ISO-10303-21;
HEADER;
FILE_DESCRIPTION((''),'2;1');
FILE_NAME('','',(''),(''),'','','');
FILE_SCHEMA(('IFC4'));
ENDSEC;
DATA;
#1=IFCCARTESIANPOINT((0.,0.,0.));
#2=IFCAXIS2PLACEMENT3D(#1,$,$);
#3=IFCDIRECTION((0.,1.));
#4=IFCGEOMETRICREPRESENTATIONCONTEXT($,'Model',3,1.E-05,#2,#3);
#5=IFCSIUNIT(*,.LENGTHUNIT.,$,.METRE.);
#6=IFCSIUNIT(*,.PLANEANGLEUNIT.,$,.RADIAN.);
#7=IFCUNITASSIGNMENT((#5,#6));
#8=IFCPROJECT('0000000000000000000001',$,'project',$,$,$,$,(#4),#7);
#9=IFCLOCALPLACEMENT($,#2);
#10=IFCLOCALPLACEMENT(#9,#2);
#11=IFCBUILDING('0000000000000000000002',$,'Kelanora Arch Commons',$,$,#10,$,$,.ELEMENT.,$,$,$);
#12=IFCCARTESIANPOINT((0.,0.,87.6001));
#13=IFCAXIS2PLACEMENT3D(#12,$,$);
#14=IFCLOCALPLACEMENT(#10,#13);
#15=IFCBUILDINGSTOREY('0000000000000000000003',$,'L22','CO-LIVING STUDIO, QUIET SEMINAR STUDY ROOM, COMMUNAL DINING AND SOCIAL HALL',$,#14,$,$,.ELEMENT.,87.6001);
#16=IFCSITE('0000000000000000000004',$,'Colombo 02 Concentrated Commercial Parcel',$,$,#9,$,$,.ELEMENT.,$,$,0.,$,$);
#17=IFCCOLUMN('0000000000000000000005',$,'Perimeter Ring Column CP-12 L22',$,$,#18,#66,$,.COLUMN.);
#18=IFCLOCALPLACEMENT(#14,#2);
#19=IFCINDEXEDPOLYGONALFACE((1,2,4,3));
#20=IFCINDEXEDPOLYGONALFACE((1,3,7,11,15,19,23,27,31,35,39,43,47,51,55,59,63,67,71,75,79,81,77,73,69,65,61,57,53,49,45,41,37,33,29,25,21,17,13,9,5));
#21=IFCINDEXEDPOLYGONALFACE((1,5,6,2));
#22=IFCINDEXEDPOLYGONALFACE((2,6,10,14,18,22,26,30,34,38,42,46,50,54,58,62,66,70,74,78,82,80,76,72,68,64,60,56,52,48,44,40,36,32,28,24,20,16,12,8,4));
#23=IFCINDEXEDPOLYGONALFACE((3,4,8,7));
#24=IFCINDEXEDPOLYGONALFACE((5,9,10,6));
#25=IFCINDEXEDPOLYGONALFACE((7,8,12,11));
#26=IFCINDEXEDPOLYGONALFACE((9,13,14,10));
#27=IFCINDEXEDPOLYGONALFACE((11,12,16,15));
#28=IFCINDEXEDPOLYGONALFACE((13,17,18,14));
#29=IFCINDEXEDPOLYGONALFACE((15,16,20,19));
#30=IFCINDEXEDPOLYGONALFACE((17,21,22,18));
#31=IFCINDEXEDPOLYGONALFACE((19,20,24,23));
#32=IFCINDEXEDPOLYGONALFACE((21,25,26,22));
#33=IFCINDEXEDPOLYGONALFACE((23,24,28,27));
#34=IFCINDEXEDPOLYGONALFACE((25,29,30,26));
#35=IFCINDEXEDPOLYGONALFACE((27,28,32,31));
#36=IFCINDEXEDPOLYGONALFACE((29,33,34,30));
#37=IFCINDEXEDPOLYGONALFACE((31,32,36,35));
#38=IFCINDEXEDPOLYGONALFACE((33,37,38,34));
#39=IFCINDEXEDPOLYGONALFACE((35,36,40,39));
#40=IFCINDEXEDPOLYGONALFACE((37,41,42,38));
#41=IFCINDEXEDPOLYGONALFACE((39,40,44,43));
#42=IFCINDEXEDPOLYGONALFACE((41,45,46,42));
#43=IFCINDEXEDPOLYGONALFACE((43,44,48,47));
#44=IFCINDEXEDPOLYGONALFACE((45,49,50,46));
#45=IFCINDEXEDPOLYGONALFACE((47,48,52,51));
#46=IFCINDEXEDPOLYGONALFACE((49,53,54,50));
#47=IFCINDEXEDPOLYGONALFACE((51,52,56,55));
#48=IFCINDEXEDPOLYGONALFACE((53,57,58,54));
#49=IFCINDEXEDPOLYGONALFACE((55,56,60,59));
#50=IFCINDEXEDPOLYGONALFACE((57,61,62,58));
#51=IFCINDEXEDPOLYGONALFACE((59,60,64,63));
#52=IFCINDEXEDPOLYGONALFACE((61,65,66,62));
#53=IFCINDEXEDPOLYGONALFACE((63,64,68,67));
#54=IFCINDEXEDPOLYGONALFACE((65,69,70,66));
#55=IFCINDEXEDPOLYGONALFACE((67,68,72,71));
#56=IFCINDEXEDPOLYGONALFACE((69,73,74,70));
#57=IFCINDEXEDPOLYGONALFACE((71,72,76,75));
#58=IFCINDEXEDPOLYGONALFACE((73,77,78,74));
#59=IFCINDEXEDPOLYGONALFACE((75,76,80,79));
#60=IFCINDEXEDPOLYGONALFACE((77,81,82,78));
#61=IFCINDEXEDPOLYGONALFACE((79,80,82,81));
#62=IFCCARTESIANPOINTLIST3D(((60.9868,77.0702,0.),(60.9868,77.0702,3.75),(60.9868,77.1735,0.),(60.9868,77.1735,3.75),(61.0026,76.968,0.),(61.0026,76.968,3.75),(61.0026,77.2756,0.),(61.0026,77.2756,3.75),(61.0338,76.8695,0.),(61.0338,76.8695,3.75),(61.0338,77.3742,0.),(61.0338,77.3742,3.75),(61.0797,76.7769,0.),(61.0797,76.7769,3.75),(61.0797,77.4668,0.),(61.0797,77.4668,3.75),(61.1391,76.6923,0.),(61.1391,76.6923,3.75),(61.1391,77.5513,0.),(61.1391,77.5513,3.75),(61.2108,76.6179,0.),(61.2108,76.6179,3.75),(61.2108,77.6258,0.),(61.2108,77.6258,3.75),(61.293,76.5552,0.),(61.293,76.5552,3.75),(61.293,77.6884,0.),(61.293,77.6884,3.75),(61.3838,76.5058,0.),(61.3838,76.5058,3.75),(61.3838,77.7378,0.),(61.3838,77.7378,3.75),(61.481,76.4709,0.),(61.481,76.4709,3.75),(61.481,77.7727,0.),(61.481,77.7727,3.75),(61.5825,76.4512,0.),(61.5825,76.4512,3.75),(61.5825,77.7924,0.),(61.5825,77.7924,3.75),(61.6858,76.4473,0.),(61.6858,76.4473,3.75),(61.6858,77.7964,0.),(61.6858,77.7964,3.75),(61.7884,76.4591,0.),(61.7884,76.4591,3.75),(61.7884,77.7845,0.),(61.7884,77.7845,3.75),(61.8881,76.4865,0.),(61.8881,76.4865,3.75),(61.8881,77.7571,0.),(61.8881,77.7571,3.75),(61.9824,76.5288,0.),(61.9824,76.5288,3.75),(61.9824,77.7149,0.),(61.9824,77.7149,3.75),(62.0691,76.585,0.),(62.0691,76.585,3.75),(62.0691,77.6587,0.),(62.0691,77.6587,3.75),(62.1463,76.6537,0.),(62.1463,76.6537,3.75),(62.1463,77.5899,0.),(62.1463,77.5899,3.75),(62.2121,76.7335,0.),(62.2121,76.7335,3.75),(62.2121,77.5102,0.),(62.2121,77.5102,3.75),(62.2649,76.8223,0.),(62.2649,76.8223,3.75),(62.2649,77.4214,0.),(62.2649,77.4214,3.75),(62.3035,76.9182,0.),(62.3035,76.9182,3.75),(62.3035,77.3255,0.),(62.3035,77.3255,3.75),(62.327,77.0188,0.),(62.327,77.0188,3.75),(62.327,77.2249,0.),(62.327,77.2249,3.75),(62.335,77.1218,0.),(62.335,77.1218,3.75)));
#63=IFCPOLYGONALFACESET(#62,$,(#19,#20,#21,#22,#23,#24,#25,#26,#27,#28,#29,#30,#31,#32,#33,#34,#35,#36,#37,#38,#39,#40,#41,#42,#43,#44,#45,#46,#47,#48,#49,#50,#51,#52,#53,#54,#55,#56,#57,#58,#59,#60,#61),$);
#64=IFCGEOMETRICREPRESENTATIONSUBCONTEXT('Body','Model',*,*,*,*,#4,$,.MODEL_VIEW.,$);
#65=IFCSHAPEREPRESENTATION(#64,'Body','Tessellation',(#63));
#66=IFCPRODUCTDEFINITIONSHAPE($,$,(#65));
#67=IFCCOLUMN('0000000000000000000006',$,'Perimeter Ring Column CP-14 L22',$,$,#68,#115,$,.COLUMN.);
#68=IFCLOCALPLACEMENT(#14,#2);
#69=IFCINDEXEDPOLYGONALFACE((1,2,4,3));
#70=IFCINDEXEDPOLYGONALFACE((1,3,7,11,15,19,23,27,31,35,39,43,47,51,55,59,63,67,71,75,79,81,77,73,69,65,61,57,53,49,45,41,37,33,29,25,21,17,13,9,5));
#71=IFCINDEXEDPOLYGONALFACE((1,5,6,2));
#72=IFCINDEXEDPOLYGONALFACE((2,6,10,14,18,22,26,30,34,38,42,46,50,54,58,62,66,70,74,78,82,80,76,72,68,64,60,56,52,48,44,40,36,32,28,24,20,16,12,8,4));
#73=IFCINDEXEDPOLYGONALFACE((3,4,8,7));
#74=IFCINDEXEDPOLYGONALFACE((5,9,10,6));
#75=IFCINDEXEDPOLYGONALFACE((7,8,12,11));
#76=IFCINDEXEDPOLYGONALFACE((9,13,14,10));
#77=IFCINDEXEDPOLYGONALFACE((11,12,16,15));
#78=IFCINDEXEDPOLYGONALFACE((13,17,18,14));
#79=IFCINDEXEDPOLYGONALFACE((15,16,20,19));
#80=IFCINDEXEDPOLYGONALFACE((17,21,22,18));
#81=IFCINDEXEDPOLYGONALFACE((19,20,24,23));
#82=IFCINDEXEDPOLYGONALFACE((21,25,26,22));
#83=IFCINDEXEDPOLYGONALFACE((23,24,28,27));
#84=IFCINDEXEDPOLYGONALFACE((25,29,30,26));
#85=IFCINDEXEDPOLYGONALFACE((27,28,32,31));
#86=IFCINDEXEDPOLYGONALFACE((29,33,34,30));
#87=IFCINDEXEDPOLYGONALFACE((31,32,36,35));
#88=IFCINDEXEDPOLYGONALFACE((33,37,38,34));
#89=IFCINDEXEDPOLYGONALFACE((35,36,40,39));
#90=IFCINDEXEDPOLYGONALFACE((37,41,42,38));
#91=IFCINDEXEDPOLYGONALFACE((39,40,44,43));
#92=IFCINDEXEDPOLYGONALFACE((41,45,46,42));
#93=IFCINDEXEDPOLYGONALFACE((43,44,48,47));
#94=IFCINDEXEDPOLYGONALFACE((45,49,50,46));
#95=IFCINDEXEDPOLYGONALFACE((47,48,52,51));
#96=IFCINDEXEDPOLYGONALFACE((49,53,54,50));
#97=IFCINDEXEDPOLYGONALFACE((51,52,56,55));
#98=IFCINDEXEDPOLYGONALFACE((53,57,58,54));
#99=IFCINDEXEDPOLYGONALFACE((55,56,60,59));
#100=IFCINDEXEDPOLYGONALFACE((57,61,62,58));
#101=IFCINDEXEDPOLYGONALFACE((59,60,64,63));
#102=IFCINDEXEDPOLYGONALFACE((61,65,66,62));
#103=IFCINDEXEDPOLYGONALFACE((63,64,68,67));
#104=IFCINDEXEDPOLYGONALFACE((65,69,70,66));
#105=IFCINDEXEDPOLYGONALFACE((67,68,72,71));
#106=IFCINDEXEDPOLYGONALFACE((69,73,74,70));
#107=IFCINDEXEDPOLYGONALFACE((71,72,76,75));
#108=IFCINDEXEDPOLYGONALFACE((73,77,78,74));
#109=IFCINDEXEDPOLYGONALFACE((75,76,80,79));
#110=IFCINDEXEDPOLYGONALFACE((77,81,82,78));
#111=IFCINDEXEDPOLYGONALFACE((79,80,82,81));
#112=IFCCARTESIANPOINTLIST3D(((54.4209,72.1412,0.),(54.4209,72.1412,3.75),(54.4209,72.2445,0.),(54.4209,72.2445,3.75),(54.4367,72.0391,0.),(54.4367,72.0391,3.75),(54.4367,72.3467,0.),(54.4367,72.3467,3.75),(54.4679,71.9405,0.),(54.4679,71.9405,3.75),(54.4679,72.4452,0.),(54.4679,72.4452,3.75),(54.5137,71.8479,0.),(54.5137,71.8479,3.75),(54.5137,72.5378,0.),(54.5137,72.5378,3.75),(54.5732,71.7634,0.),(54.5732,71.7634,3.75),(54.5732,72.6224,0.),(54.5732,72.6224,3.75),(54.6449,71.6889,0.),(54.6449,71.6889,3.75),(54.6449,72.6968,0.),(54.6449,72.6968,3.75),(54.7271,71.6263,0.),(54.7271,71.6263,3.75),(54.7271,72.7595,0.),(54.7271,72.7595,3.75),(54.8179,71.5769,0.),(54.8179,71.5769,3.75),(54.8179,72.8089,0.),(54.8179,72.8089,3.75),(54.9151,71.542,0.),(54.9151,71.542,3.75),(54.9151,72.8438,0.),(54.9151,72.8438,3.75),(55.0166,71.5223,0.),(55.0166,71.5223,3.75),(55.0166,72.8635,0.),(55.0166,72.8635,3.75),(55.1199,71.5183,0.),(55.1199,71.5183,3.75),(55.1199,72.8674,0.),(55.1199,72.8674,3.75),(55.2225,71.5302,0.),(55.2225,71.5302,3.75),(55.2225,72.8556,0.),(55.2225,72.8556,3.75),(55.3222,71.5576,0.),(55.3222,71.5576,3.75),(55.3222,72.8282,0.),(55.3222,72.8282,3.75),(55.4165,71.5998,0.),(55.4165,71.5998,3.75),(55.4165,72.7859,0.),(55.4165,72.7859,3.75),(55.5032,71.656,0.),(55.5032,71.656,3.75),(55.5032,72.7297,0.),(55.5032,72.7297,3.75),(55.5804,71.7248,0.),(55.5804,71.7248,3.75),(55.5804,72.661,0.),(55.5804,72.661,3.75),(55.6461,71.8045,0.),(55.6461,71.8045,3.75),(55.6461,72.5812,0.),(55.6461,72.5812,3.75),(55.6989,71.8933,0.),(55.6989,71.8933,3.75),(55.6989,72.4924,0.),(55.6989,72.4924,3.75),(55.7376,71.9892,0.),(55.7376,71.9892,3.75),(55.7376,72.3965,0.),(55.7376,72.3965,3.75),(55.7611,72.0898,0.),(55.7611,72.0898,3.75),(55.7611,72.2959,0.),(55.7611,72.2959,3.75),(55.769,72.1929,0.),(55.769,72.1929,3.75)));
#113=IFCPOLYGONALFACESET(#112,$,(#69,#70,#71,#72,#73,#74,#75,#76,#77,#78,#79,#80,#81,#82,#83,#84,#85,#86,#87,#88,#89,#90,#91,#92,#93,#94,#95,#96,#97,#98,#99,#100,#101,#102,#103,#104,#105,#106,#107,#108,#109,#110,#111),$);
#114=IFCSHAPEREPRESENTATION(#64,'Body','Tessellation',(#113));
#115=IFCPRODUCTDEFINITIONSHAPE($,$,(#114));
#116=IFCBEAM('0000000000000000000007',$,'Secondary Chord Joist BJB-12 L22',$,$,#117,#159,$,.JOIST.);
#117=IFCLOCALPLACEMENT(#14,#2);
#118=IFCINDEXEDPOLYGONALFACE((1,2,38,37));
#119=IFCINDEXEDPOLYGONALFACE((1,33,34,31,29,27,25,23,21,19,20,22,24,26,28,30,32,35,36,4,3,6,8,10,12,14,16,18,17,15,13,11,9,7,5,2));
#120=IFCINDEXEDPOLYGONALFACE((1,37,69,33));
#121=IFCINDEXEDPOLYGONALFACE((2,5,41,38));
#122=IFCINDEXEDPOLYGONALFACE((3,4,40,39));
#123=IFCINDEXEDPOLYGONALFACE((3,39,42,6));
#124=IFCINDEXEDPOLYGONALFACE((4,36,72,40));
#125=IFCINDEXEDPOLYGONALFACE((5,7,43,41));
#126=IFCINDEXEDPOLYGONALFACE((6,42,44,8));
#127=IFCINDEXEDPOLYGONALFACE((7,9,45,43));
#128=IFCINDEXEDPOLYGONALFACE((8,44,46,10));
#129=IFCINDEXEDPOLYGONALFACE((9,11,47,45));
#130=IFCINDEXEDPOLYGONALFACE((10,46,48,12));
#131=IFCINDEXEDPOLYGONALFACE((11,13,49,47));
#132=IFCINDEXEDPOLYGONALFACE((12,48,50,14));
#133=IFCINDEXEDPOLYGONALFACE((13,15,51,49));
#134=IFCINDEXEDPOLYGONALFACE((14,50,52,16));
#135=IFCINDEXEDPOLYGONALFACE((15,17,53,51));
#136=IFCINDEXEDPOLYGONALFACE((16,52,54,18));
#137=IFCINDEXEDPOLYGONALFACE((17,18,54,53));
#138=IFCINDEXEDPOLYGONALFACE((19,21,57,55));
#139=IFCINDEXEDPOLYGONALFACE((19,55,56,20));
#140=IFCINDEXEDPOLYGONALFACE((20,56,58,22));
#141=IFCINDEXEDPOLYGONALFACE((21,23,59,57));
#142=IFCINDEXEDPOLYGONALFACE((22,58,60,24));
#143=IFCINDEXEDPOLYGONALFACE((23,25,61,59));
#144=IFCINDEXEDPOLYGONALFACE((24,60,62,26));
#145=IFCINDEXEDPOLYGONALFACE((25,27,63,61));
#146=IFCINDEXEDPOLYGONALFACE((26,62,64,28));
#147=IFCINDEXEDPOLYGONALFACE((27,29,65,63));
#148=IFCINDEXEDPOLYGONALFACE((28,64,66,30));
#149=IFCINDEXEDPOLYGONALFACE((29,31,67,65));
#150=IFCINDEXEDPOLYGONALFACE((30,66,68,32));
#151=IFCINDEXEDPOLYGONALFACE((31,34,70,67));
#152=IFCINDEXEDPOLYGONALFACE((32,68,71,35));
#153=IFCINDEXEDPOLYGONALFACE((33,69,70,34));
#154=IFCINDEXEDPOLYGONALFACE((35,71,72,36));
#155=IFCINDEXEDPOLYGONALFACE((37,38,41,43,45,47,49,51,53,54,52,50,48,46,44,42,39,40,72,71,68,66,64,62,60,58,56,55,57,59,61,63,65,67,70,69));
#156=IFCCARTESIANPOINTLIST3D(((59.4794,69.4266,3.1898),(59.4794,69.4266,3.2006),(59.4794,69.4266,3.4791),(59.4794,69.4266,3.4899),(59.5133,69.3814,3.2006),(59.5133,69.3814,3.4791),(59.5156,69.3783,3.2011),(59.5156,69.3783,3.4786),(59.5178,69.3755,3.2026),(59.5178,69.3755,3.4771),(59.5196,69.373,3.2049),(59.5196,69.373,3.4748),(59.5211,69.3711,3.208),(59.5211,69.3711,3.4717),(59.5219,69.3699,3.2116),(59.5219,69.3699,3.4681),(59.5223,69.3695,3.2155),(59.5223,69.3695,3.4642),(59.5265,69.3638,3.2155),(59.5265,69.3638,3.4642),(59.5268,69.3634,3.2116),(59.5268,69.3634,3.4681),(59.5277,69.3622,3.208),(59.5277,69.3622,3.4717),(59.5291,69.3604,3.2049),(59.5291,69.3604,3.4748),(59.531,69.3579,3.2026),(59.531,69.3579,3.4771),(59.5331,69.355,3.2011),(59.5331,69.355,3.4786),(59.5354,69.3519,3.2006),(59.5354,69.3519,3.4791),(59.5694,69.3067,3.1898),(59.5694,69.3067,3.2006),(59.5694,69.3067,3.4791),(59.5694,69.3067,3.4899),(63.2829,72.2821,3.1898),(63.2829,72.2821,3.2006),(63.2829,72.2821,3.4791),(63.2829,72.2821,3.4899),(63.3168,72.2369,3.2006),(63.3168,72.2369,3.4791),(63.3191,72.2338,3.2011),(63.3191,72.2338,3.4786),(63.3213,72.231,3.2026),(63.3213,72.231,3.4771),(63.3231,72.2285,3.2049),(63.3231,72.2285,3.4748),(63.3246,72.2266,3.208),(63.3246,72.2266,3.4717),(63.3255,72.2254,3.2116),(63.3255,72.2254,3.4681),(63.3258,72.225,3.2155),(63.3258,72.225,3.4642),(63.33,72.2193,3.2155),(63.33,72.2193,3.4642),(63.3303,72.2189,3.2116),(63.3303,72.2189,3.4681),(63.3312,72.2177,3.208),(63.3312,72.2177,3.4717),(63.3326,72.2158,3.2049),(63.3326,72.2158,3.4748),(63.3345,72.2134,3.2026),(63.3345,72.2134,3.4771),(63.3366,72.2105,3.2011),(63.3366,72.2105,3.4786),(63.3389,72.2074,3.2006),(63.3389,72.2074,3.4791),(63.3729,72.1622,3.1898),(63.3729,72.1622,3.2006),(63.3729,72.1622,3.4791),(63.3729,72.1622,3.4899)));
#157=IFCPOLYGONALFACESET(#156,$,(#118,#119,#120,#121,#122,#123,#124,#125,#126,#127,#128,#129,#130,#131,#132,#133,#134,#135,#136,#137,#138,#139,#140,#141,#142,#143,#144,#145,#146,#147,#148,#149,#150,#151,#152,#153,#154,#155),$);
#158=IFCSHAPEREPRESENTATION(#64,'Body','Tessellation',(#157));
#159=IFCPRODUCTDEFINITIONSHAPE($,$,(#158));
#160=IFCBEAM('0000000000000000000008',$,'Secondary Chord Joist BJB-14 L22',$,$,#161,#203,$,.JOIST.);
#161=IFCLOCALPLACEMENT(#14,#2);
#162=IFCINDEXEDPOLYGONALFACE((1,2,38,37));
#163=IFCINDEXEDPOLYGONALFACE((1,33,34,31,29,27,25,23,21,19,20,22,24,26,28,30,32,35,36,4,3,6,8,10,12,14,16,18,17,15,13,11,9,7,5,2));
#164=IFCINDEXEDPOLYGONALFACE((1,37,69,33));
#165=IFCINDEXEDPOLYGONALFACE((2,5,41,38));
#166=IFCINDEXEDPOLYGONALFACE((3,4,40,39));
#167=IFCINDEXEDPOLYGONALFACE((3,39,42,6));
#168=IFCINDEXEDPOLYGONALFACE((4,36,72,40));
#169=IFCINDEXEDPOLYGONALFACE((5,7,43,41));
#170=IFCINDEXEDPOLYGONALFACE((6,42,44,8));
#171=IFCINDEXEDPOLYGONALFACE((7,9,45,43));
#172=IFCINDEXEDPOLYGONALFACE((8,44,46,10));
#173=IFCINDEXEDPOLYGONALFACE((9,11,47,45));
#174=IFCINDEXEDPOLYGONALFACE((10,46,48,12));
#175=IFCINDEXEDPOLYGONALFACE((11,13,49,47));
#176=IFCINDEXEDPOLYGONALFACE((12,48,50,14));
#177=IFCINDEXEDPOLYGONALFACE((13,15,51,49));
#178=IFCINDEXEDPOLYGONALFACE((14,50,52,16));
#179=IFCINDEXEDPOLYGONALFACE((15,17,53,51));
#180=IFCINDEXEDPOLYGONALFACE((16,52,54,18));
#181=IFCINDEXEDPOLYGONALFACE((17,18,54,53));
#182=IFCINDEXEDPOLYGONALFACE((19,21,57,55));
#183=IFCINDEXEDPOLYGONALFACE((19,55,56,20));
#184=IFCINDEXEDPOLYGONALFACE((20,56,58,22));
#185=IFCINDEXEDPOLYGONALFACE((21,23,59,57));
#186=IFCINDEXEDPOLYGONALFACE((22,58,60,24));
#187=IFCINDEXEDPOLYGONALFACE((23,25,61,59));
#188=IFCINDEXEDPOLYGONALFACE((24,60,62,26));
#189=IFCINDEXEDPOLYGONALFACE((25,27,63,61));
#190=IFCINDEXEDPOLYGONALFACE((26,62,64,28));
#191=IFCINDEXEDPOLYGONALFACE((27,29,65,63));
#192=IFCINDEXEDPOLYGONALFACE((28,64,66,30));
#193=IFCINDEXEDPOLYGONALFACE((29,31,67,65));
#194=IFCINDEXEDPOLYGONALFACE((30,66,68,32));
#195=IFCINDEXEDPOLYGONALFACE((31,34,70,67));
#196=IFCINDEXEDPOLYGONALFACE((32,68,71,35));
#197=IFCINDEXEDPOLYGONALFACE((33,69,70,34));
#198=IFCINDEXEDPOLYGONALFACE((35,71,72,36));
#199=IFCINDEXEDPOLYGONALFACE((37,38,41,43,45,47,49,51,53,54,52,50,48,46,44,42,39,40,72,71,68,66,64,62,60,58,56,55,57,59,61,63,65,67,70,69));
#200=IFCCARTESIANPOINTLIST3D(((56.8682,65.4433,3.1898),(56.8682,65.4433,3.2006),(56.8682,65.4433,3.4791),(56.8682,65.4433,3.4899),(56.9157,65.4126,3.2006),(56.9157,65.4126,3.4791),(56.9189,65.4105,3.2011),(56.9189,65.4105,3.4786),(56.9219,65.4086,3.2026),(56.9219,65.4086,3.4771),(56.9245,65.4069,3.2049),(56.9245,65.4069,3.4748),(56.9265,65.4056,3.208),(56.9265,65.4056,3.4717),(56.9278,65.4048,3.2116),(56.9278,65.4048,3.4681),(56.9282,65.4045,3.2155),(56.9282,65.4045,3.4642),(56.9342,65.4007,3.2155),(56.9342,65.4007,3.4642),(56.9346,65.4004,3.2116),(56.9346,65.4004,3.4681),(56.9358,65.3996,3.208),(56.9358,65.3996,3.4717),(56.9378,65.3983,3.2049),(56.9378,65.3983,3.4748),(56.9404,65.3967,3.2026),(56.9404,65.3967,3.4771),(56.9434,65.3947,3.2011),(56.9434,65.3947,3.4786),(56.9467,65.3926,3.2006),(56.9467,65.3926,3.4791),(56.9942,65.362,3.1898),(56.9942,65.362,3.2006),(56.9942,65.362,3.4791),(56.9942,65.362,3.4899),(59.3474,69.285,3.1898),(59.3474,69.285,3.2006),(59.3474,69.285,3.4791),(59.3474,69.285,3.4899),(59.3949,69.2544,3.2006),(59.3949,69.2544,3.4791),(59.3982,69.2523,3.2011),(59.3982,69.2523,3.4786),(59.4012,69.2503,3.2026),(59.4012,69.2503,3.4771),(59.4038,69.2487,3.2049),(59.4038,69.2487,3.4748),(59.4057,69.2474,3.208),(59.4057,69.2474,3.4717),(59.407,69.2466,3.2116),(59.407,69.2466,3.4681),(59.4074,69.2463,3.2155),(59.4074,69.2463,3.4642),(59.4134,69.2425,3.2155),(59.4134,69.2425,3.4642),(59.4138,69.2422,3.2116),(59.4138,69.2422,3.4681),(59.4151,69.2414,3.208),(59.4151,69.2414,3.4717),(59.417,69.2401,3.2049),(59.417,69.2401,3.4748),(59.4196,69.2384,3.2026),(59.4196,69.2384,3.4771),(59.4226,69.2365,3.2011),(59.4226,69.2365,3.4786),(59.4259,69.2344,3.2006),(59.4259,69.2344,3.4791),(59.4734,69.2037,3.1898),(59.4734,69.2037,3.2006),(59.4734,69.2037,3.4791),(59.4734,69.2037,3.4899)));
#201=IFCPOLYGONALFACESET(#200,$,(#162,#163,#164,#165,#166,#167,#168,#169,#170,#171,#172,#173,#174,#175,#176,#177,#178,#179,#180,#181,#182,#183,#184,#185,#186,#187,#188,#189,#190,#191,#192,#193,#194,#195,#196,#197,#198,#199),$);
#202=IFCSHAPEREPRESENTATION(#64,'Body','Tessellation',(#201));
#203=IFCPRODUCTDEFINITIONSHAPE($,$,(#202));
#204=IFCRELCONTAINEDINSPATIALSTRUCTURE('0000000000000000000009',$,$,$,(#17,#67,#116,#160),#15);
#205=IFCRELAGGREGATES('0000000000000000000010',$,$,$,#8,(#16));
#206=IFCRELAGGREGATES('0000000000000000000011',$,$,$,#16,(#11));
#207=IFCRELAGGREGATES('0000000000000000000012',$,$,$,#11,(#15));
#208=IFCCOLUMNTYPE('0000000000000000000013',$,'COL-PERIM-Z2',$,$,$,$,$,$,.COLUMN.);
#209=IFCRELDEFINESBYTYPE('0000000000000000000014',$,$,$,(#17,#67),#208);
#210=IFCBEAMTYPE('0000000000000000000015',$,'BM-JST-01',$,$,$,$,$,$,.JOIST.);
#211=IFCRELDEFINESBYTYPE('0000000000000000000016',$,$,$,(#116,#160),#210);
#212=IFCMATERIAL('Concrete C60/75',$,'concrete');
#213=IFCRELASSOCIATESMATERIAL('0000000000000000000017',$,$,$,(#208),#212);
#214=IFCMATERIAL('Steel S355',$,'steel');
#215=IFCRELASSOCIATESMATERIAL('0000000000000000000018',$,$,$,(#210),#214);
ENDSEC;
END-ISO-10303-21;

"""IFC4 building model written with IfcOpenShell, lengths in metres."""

from ifc_helpers import new_model, si_unit, direction, frame, origin, origin_2d, place, context, subcontext, project, spatial, circle, i_section, extrude, material, material_profile, profile_set, type_object, element, save


model = new_model("IFC4")

# Units and contexts
model_context = context("Model", 3, precision=1e-05, world=origin(), true_north=direction((0.0, 1.0)))
body_context = subcontext(model_context, "Body", "Model", "MODEL_VIEW")
ifc_project = project(units=[si_unit("LENGTHUNIT", "METRE"), si_unit("PLANEANGLEUNIT", "RADIAN")], contexts=[model_context])

# Site, building, storey
site_placement = place(None, origin())
site = spatial("IfcSite", under=ifc_project, at=site_placement, Name="Colombo 02 Concentrated Commercial Parcel", CompositionType="ELEMENT", RefElevation=0.0)
building_placement = place(site_placement, origin())
building = spatial("IfcBuilding", under=site, at=building_placement, Name="Kelanora Arch Commons", CompositionType="ELEMENT")
storey_placement = place(building_placement, frame((0.0, 0.0, 87.6001)))
storey = spatial("IfcBuildingStorey", under=building, at=storey_placement, Name="L22", Description="CO-LIVING STUDIO, QUIET SEMINAR STUDY ROOM, COMMUNAL DINING AND SOCIAL HALL", CompositionType="ELEMENT", Elevation=87.6001)

# Columns
ifc_material_1 = material(Name="Concrete C60/75", Category="concrete")
ifc_material_profile_1 = material_profile(ifc_material_1, circle(Radius=0.675, at=origin_2d()), Name="RCC1350")
ifc_profile_set_1 = profile_set([ifc_material_profile_1], Name="Concrete C60/75")
column_type = type_object("IfcColumnType", Name="COL-PERIM-Z2", PredefinedType="COLUMN", material=ifc_profile_set_1)
for number, where, z_axis, x_axis, name in (
    (1, (61.6599, 77.1218, 0.0), (0.0, 0.0, 1.0), (1.0, 0.0, 0.0), "Perimeter Ring Column CP-12 L22"),
    (2, (55.094, 72.1929, 0.0), (0.0, 0.0, 1.0), (1.0, 0.0, 0.0), "Perimeter Ring Column CP-14 L22"),
):
    element("IfcColumn", number, at=place(storey_placement, frame(where, z_axis=z_axis, x_axis=x_axis)), inside=storey, type_object=column_type, Name=name, PredefinedType="COLUMN", context=body_context, shape_type="SweptSolid", body=[
        extrude(circle(Radius=0.675, at=origin_2d()), origin(), (0.0, 0.0, 1.0), 3.75),
    ])

# Beams
ifc_material_2 = material(Name="Steel S355", Category="steel")
ifc_material_profile_2 = material_profile(ifc_material_2, i_section(OverallWidth=0.1499, OverallDepth=0.3, WebThickness=0.0071, FlangeThickness=0.0107, FilletRadius=0.0149, at=origin_2d()), Name="IPE300")
ifc_profile_set_2 = profile_set([ifc_material_profile_2], Name="Steel S355")
beam_type_1 = type_object("IfcBeamType", Name="BM-JST-01", PredefinedType="JOIST", material=ifc_profile_set_2)
beam_1_placement = place(storey_placement, frame((63.3279, 72.2222, 3.3398), z_axis=(-0.79971, -0.600386, 0.0), x_axis=(0.600386, -0.79971, 0.0)))
element("IfcBeam", 3, at=beam_1_placement, inside=storey, type_object=beam_type_1, Name="Secondary Chord Joist BJB-12 L22", PredefinedType="JOIST", context=body_context, shape_type="SweptSolid", body=[
    extrude(i_section(OverallWidth=0.1499, OverallDepth=0.3, WebThickness=0.0071, FlangeThickness=0.0107, FilletRadius=0.0149, at=origin_2d()), origin(), (0.0, 0.0, 1.0), 4.7561),
])
beam_2_placement = place(storey_placement, frame((59.4104, 69.2444, 3.3398), z_axis=(-0.54223, -0.84023, 0.0), x_axis=(0.84023, -0.54223, 0.0)))
element("IfcBeam", 4, at=beam_2_placement, inside=storey, type_object=beam_type_1, Name="Secondary Chord Joist BJB-14 L22", PredefinedType="JOIST", context=body_context, shape_type="SweptSolid", body=[
    extrude(i_section(OverallWidth=0.1499, OverallDepth=0.3, WebThickness=0.0071, FlangeThickness=0.0107, FilletRadius=0.0149, at=origin_2d()), origin(), (0.0, 0.0, 1.0), 4.5723),
])

save(model, "model.ifc")
